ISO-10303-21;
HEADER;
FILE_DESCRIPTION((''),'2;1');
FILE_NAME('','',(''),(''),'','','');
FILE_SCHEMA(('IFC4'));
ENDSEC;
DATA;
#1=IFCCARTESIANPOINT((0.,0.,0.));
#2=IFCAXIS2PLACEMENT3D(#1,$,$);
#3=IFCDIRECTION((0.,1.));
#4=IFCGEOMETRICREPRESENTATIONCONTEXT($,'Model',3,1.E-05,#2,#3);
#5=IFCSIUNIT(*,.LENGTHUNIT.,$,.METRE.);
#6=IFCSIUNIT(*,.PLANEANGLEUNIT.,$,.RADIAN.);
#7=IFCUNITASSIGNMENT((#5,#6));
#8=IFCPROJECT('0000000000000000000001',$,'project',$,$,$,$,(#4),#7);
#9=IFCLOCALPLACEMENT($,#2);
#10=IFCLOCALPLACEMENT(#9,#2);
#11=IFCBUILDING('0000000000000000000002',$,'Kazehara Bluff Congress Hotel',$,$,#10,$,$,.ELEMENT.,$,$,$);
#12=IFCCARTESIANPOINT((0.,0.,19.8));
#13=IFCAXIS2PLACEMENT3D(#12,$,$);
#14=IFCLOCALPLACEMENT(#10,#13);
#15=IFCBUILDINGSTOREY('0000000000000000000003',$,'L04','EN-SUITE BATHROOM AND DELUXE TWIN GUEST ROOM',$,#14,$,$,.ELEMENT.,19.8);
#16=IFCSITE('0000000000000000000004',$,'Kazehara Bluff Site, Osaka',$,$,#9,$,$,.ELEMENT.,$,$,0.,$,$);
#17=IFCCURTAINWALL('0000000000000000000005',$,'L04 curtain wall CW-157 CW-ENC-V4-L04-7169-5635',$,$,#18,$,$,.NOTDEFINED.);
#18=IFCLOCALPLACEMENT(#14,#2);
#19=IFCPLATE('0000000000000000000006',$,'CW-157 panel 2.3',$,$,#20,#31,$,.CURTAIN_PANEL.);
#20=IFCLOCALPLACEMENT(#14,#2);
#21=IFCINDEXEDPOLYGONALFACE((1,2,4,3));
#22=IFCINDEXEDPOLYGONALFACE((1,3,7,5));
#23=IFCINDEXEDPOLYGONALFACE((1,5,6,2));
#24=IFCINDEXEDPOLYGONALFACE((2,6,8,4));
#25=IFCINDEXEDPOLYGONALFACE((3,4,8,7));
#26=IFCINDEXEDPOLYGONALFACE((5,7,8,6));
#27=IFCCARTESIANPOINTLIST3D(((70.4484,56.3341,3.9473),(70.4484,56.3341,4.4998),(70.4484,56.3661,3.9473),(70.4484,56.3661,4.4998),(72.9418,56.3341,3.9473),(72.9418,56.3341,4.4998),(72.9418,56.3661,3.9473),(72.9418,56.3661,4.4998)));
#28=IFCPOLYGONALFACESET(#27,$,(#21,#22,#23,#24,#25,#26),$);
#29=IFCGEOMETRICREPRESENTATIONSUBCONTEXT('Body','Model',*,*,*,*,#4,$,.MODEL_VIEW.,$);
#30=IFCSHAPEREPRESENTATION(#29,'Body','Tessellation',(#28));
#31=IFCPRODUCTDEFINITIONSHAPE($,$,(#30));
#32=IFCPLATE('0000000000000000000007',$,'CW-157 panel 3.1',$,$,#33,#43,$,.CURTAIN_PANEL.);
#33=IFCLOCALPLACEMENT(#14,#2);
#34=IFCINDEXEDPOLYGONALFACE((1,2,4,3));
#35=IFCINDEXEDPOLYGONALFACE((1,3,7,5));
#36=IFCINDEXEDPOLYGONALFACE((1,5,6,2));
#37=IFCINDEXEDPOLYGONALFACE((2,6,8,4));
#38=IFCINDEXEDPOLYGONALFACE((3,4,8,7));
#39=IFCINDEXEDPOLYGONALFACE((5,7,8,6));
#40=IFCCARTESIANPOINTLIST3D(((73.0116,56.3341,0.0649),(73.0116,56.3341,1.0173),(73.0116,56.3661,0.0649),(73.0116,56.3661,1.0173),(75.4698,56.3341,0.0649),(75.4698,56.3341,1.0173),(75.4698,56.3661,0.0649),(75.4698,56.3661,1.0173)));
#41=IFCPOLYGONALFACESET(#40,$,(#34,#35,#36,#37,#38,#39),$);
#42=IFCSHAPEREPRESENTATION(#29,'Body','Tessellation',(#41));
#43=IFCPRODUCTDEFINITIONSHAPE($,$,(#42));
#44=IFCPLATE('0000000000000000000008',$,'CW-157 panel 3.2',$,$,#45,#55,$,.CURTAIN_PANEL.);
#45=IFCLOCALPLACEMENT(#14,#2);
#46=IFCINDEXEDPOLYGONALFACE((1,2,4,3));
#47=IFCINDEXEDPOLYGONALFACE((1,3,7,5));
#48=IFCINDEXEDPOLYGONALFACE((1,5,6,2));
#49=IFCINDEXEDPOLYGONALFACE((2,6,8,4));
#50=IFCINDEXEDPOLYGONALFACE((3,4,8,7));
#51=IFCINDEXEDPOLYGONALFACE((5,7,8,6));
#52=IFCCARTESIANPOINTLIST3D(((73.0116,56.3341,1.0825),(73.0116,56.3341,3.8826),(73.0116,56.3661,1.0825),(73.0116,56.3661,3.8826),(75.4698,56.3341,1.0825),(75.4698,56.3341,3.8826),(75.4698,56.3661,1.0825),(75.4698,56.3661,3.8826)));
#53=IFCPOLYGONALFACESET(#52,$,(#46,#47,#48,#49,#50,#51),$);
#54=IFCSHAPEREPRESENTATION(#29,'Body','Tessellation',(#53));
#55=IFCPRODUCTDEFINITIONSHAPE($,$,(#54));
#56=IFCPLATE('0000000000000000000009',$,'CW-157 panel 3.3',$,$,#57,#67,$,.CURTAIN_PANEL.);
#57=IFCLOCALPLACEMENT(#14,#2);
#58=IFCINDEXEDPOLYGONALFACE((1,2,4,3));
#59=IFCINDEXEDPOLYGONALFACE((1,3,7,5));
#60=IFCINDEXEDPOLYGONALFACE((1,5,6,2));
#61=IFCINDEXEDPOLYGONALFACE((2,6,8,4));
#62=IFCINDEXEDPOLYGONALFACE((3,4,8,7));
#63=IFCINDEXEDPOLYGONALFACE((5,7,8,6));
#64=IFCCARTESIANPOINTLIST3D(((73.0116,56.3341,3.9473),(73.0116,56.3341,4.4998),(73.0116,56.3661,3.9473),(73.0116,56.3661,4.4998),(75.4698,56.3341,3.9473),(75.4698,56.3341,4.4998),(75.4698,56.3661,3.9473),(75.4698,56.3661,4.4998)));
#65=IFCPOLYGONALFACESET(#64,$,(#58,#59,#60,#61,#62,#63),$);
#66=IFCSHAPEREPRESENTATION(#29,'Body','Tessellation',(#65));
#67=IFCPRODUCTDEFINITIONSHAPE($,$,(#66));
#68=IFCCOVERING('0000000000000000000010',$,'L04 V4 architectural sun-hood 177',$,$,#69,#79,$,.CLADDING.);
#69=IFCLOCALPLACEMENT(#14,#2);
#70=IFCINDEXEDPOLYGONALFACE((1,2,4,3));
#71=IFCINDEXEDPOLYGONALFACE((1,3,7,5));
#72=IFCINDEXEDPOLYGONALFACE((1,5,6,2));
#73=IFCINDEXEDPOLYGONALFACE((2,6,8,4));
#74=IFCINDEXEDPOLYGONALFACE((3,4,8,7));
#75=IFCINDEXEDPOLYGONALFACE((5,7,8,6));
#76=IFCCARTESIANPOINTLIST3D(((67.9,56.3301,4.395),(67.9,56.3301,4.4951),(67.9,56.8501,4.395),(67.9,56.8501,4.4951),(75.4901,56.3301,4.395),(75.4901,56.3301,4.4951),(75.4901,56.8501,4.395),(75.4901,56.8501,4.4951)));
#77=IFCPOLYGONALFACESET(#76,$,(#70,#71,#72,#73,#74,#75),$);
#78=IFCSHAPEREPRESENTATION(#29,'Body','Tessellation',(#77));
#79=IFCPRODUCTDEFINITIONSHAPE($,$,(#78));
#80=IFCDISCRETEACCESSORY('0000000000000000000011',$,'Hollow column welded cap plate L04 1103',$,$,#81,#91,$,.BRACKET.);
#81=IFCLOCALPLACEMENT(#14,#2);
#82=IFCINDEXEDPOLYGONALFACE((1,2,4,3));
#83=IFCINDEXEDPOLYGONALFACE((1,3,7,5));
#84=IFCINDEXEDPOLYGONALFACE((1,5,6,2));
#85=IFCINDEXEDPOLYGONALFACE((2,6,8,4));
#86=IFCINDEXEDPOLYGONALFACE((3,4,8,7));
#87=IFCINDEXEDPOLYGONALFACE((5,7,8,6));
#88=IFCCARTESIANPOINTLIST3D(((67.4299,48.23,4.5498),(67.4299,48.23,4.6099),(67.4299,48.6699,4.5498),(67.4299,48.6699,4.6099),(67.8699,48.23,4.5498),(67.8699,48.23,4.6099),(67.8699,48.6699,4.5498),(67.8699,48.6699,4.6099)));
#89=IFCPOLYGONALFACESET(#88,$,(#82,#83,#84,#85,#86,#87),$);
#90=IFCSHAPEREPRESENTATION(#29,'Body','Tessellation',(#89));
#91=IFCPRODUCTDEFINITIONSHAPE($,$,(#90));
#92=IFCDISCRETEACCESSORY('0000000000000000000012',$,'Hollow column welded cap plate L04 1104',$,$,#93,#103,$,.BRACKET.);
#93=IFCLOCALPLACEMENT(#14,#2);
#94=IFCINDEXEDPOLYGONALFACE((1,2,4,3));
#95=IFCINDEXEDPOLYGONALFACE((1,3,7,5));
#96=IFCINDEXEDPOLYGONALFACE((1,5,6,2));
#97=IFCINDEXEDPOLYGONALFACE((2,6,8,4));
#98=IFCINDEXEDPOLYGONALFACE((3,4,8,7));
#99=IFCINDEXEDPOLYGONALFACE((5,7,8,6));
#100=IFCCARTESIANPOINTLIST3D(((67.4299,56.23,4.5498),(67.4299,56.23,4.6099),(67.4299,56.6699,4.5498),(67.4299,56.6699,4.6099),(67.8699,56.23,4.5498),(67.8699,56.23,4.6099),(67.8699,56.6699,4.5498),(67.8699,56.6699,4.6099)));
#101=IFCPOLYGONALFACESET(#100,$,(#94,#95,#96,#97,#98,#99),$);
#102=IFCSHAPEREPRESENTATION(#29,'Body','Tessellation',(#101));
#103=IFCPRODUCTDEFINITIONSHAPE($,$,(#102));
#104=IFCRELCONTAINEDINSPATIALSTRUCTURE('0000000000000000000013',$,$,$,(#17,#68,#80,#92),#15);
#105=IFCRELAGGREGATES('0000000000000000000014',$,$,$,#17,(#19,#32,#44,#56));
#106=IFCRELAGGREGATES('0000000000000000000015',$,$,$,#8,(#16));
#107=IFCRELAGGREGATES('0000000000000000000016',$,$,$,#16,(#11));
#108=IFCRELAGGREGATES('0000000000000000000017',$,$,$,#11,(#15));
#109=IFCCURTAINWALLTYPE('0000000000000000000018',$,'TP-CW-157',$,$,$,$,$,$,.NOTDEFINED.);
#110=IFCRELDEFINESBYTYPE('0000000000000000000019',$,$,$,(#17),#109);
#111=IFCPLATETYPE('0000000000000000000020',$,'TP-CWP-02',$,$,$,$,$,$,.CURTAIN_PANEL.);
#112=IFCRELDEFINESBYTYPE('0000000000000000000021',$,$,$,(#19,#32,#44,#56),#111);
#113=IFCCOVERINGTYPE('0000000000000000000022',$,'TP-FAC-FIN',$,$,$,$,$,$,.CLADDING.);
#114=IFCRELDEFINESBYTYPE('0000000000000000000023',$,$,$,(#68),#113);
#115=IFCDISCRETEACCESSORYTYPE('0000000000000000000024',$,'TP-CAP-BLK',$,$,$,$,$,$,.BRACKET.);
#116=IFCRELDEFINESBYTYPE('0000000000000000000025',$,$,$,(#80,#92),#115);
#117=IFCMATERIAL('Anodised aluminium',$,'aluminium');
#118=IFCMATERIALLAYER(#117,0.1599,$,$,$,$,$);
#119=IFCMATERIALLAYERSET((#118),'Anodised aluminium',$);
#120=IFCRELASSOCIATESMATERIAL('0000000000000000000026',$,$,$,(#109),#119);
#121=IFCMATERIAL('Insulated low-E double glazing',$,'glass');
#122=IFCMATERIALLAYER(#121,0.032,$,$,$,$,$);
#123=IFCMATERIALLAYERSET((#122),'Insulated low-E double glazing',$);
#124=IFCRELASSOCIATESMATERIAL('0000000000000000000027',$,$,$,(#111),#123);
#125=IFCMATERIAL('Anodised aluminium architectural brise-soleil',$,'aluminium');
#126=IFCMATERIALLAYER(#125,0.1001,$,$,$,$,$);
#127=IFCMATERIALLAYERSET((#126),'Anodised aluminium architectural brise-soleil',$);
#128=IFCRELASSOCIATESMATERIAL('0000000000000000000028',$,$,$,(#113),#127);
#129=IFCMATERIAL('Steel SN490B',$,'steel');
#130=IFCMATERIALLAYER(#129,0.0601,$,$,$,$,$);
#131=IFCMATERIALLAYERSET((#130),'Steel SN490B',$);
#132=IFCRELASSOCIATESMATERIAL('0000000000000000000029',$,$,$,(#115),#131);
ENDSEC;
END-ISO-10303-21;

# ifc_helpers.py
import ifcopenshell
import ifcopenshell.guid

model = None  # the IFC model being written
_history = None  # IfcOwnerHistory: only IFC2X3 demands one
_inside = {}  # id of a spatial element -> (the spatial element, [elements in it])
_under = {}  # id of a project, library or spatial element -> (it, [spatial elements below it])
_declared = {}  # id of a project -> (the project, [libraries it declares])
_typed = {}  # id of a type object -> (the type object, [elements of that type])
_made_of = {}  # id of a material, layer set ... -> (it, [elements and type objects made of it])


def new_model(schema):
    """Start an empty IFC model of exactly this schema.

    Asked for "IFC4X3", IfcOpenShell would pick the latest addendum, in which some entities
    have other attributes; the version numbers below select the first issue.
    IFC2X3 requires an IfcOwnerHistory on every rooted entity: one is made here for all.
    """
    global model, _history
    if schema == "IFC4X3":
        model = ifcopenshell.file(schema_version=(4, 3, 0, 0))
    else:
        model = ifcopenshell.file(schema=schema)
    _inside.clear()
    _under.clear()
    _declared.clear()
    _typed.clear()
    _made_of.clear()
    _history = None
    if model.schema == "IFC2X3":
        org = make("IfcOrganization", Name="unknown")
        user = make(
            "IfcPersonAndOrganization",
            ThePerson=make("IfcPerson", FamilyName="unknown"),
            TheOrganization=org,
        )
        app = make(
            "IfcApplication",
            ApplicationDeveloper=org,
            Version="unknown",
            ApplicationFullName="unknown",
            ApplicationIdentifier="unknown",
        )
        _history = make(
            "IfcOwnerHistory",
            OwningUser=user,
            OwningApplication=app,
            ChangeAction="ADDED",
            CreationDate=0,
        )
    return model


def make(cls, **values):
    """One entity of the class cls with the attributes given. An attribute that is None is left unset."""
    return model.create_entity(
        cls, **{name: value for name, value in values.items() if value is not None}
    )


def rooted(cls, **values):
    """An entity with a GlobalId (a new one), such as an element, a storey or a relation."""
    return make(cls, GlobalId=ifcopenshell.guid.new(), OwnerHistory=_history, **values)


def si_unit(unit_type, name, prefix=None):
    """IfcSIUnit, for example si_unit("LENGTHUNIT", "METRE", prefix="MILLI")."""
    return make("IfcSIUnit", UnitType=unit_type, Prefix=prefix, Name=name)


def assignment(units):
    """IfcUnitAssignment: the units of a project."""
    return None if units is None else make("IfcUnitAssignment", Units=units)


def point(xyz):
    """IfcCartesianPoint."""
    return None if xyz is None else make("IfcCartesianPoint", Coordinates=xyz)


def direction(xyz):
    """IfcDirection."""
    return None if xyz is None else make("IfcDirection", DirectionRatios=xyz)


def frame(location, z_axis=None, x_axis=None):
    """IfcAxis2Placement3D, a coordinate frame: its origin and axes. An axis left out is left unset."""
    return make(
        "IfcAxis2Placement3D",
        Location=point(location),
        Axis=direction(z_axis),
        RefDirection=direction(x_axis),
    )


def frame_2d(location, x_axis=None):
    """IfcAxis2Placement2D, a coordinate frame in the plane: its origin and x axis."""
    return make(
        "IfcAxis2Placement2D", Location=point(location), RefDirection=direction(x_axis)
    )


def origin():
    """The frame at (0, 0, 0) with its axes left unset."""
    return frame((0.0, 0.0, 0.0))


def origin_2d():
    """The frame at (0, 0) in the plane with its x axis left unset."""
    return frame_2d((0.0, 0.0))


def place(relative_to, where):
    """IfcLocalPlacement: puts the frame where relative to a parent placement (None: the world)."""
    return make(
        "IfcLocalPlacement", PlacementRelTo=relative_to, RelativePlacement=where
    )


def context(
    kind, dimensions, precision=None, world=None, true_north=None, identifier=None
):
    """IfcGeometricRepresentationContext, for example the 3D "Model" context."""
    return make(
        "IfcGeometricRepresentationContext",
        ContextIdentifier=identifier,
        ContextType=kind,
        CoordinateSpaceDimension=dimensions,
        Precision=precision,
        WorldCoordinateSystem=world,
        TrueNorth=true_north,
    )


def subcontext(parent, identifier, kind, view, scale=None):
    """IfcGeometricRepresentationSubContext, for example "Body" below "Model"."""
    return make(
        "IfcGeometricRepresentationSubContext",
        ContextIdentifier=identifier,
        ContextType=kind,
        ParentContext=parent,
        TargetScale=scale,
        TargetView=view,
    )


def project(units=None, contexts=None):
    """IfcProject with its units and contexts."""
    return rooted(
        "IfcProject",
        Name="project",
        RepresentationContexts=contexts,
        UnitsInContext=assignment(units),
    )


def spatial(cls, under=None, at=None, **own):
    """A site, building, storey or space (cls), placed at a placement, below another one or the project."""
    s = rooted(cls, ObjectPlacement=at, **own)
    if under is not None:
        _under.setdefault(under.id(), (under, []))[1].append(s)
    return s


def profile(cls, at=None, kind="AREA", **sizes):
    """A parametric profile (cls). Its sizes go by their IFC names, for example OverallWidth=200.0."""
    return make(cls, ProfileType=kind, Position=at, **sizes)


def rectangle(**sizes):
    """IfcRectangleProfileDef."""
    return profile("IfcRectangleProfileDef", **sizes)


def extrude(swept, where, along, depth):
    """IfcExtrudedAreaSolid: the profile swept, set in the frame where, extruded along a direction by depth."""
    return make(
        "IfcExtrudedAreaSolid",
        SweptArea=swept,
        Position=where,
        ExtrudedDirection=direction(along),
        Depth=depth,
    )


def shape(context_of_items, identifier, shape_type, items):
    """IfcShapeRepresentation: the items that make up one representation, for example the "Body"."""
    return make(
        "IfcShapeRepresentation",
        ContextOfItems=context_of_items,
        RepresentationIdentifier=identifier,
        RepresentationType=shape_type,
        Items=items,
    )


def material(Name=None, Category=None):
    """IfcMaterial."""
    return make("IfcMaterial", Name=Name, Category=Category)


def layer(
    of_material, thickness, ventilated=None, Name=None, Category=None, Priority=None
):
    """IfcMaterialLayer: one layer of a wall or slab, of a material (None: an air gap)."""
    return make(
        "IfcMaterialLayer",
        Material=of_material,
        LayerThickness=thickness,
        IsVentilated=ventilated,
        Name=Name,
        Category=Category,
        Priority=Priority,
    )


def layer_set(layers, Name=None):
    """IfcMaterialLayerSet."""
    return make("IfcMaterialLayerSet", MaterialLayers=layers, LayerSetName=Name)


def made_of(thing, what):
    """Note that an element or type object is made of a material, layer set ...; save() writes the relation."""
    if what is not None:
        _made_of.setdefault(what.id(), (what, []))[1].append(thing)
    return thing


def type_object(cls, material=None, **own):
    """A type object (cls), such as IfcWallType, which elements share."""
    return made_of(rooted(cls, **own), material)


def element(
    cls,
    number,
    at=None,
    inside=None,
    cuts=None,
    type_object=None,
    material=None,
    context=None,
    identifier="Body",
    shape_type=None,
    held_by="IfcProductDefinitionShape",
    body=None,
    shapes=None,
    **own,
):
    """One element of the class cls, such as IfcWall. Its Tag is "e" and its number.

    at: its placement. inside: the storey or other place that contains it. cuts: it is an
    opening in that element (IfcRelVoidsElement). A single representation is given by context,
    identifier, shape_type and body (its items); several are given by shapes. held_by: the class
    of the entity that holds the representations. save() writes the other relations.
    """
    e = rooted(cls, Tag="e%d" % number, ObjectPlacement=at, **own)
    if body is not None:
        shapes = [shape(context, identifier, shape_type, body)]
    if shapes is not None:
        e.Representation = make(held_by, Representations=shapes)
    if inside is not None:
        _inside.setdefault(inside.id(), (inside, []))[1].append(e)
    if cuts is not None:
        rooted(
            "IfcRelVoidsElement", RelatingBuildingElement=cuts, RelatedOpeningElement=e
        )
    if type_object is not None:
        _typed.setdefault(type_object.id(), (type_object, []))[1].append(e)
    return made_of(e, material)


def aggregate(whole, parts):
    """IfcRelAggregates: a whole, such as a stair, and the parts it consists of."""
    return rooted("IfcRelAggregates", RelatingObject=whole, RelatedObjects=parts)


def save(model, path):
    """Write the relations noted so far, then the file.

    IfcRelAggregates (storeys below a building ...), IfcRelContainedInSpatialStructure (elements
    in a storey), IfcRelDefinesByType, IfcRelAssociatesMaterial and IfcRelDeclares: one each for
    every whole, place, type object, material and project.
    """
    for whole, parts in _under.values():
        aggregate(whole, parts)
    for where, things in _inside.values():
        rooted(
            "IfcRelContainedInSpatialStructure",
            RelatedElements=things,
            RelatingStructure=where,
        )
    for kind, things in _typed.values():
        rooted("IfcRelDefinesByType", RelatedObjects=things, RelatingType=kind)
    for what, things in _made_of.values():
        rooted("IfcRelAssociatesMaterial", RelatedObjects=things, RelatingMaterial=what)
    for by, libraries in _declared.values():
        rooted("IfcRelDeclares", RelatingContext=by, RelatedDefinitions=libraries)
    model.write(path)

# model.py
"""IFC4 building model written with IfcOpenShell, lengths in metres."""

from ifc_helpers import new_model, si_unit, direction, frame, origin, origin_2d, place, context, subcontext, project, spatial, rectangle, extrude, material, layer, layer_set, type_object, element, aggregate, save


model = new_model("IFC4")

# Units and contexts
model_context = context("Model", 3, precision=1e-05, world=origin(), true_north=direction((0.0, 1.0)))
body_context = subcontext(model_context, "Body", "Model", "MODEL_VIEW")
ifc_project = project(units=[si_unit("LENGTHUNIT", "METRE"), si_unit("PLANEANGLEUNIT", "RADIAN")], contexts=[model_context])

# Site, building, storey
site_placement = place(None, origin())
site = spatial("IfcSite", under=ifc_project, at=site_placement, Name="Kazehara Bluff Site, Osaka", CompositionType="ELEMENT", RefElevation=0.0)
building_placement = place(site_placement, origin())
building = spatial("IfcBuilding", under=site, at=building_placement, Name="Kazehara Bluff Congress Hotel", CompositionType="ELEMENT")
storey_placement = place(building_placement, frame((0.0, 0.0, 19.8)))
storey = spatial("IfcBuildingStorey", under=building, at=storey_placement, Name="L04", Description="EN-SUITE BATHROOM AND DELUXE TWIN GUEST ROOM", CompositionType="ELEMENT", Elevation=19.8)

# Curtain wall
ifc_material_1 = material(Name="Anodised aluminium", Category="aluminium")
ifc_layer_1 = layer(ifc_material_1, 0.1599)
ifc_layer_set_1 = layer_set([ifc_layer_1], Name="Anodised aluminium")
curtain_wall_type_1 = type_object("IfcCurtainWallType", Name="TP-CW-157", PredefinedType="NOTDEFINED", material=ifc_layer_set_1)
curtain_wall_1_placement = place(storey_placement, origin())
curtain_wall_1 = element("IfcCurtainWall", 1, at=curtain_wall_1_placement, inside=storey, type_object=curtain_wall_type_1, Name="L04 curtain wall CW-157 CW-ENC-V4-L04-7169-5635", PredefinedType="NOTDEFINED")

# Plates
ifc_material_2 = material(Name="Insulated low-E double glazing", Category="glass")
ifc_layer_2 = layer(ifc_material_2, 0.032)
ifc_layer_set_2 = layer_set([ifc_layer_2], Name="Insulated low-E double glazing")
plate_type_1 = type_object("IfcPlateType", Name="TP-CWP-02", PredefinedType="CURTAIN_PANEL", material=ifc_layer_set_2)
plate_1_placement = place(storey_placement, frame((71.6951, 56.3501, 3.9473), z_axis=(0.0, 0.0, 1.0), x_axis=(1.0, 0.0, 0.0)))
plate_1 = element("IfcPlate", 2, at=plate_1_placement, type_object=plate_type_1, Name="CW-157 panel 2.3", PredefinedType="CURTAIN_PANEL", context=body_context, shape_type="SweptSolid", body=[
    extrude(rectangle(XDim=2.4934, YDim=0.032, at=origin_2d()), origin(), (0.0, 0.0, 1.0), 0.5525),
])
plate_2_placement = place(storey_placement, frame((74.2407, 56.3501, 0.0649), z_axis=(0.0, 0.0, 1.0), x_axis=(1.0, 0.0, 0.0)))
plate_2 = element("IfcPlate", 3, at=plate_2_placement, type_object=plate_type_1, Name="CW-157 panel 3.1", PredefinedType="CURTAIN_PANEL", context=body_context, shape_type="SweptSolid", body=[
    extrude(rectangle(XDim=2.4583, YDim=0.032, at=origin_2d()), origin(), (0.0, 0.0, 1.0), 0.9524),
])
plate_3_placement = place(storey_placement, frame((74.2407, 56.3501, 1.0825), z_axis=(0.0, 0.0, 1.0), x_axis=(1.0, 0.0, 0.0)))
plate_3 = element("IfcPlate", 4, at=plate_3_placement, type_object=plate_type_1, Name="CW-157 panel 3.2", PredefinedType="CURTAIN_PANEL", context=body_context, shape_type="SweptSolid", body=[
    extrude(rectangle(XDim=2.4583, YDim=0.032, at=origin_2d()), origin(), (0.0, 0.0, 1.0), 2.8),
])
plate_4_placement = place(storey_placement, frame((74.2407, 56.3501, 3.9473), z_axis=(0.0, 0.0, 1.0), x_axis=(1.0, 0.0, 0.0)))
plate_4 = element("IfcPlate", 5, at=plate_4_placement, type_object=plate_type_1, Name="CW-157 panel 3.3", PredefinedType="CURTAIN_PANEL", context=body_context, shape_type="SweptSolid", body=[
    extrude(rectangle(XDim=2.4583, YDim=0.032, at=origin_2d()), origin(), (0.0, 0.0, 1.0), 0.5525),
])
aggregate(curtain_wall_1, [plate_1, plate_2, plate_3, plate_4])

# Covering
ifc_material_3 = material(Name="Anodised aluminium architectural brise-soleil", Category="aluminium")
ifc_layer_3 = layer(ifc_material_3, 0.1001)
ifc_layer_set_3 = layer_set([ifc_layer_3], Name="Anodised aluminium architectural brise-soleil")
covering_type = type_object("IfcCoveringType", Name="TP-FAC-FIN", PredefinedType="CLADDING", material=ifc_layer_set_3)
covering_placement = place(storey_placement, frame((71.6951, 56.5901, 4.395), z_axis=(0.0, 0.0, 1.0), x_axis=(1.0, 0.0, 0.0)))
element("IfcCovering", 6, at=covering_placement, inside=storey, type_object=covering_type, Name="L04 V4 architectural sun-hood 177", PredefinedType="CLADDING", context=body_context, shape_type="SweptSolid", body=[
    extrude(rectangle(XDim=7.5901, YDim=0.52, at=origin_2d()), origin(), (0.0, 0.0, 1.0), 0.1001),
])

# Discrete accessories
ifc_material_4 = material(Name="Steel SN490B", Category="steel")
ifc_layer_4 = layer(ifc_material_4, 0.0601)
ifc_layer_set_4 = layer_set([ifc_layer_4], Name="Steel SN490B")
discrete_accessory_type = type_object("IfcDiscreteAccessoryType", Name="TP-CAP-BLK", PredefinedType="BRACKET", material=ifc_layer_set_4)
for number, where, z_axis, x_axis, name in (
    (7, (67.6499, 48.45, 4.5498), (0.0, 0.0, 1.0), (1.0, 0.0, 0.0), "Hollow column welded cap plate L04 1103"),
    (8, (67.6499, 56.45, 4.5498), (0.0, 0.0, 1.0), (1.0, 0.0, 0.0), "Hollow column welded cap plate L04 1104"),
):
    element("IfcDiscreteAccessory", number, at=place(storey_placement, frame(where, z_axis=z_axis, x_axis=x_axis)), inside=storey, type_object=discrete_accessory_type, Name=name, PredefinedType="BRACKET", context=body_context, shape_type="SweptSolid", body=[
        extrude(rectangle(XDim=0.4399, YDim=0.4399, at=origin_2d()), origin(), (0.0, 0.0, 1.0), 0.0601),
    ])

save(model, "model.ifc")
